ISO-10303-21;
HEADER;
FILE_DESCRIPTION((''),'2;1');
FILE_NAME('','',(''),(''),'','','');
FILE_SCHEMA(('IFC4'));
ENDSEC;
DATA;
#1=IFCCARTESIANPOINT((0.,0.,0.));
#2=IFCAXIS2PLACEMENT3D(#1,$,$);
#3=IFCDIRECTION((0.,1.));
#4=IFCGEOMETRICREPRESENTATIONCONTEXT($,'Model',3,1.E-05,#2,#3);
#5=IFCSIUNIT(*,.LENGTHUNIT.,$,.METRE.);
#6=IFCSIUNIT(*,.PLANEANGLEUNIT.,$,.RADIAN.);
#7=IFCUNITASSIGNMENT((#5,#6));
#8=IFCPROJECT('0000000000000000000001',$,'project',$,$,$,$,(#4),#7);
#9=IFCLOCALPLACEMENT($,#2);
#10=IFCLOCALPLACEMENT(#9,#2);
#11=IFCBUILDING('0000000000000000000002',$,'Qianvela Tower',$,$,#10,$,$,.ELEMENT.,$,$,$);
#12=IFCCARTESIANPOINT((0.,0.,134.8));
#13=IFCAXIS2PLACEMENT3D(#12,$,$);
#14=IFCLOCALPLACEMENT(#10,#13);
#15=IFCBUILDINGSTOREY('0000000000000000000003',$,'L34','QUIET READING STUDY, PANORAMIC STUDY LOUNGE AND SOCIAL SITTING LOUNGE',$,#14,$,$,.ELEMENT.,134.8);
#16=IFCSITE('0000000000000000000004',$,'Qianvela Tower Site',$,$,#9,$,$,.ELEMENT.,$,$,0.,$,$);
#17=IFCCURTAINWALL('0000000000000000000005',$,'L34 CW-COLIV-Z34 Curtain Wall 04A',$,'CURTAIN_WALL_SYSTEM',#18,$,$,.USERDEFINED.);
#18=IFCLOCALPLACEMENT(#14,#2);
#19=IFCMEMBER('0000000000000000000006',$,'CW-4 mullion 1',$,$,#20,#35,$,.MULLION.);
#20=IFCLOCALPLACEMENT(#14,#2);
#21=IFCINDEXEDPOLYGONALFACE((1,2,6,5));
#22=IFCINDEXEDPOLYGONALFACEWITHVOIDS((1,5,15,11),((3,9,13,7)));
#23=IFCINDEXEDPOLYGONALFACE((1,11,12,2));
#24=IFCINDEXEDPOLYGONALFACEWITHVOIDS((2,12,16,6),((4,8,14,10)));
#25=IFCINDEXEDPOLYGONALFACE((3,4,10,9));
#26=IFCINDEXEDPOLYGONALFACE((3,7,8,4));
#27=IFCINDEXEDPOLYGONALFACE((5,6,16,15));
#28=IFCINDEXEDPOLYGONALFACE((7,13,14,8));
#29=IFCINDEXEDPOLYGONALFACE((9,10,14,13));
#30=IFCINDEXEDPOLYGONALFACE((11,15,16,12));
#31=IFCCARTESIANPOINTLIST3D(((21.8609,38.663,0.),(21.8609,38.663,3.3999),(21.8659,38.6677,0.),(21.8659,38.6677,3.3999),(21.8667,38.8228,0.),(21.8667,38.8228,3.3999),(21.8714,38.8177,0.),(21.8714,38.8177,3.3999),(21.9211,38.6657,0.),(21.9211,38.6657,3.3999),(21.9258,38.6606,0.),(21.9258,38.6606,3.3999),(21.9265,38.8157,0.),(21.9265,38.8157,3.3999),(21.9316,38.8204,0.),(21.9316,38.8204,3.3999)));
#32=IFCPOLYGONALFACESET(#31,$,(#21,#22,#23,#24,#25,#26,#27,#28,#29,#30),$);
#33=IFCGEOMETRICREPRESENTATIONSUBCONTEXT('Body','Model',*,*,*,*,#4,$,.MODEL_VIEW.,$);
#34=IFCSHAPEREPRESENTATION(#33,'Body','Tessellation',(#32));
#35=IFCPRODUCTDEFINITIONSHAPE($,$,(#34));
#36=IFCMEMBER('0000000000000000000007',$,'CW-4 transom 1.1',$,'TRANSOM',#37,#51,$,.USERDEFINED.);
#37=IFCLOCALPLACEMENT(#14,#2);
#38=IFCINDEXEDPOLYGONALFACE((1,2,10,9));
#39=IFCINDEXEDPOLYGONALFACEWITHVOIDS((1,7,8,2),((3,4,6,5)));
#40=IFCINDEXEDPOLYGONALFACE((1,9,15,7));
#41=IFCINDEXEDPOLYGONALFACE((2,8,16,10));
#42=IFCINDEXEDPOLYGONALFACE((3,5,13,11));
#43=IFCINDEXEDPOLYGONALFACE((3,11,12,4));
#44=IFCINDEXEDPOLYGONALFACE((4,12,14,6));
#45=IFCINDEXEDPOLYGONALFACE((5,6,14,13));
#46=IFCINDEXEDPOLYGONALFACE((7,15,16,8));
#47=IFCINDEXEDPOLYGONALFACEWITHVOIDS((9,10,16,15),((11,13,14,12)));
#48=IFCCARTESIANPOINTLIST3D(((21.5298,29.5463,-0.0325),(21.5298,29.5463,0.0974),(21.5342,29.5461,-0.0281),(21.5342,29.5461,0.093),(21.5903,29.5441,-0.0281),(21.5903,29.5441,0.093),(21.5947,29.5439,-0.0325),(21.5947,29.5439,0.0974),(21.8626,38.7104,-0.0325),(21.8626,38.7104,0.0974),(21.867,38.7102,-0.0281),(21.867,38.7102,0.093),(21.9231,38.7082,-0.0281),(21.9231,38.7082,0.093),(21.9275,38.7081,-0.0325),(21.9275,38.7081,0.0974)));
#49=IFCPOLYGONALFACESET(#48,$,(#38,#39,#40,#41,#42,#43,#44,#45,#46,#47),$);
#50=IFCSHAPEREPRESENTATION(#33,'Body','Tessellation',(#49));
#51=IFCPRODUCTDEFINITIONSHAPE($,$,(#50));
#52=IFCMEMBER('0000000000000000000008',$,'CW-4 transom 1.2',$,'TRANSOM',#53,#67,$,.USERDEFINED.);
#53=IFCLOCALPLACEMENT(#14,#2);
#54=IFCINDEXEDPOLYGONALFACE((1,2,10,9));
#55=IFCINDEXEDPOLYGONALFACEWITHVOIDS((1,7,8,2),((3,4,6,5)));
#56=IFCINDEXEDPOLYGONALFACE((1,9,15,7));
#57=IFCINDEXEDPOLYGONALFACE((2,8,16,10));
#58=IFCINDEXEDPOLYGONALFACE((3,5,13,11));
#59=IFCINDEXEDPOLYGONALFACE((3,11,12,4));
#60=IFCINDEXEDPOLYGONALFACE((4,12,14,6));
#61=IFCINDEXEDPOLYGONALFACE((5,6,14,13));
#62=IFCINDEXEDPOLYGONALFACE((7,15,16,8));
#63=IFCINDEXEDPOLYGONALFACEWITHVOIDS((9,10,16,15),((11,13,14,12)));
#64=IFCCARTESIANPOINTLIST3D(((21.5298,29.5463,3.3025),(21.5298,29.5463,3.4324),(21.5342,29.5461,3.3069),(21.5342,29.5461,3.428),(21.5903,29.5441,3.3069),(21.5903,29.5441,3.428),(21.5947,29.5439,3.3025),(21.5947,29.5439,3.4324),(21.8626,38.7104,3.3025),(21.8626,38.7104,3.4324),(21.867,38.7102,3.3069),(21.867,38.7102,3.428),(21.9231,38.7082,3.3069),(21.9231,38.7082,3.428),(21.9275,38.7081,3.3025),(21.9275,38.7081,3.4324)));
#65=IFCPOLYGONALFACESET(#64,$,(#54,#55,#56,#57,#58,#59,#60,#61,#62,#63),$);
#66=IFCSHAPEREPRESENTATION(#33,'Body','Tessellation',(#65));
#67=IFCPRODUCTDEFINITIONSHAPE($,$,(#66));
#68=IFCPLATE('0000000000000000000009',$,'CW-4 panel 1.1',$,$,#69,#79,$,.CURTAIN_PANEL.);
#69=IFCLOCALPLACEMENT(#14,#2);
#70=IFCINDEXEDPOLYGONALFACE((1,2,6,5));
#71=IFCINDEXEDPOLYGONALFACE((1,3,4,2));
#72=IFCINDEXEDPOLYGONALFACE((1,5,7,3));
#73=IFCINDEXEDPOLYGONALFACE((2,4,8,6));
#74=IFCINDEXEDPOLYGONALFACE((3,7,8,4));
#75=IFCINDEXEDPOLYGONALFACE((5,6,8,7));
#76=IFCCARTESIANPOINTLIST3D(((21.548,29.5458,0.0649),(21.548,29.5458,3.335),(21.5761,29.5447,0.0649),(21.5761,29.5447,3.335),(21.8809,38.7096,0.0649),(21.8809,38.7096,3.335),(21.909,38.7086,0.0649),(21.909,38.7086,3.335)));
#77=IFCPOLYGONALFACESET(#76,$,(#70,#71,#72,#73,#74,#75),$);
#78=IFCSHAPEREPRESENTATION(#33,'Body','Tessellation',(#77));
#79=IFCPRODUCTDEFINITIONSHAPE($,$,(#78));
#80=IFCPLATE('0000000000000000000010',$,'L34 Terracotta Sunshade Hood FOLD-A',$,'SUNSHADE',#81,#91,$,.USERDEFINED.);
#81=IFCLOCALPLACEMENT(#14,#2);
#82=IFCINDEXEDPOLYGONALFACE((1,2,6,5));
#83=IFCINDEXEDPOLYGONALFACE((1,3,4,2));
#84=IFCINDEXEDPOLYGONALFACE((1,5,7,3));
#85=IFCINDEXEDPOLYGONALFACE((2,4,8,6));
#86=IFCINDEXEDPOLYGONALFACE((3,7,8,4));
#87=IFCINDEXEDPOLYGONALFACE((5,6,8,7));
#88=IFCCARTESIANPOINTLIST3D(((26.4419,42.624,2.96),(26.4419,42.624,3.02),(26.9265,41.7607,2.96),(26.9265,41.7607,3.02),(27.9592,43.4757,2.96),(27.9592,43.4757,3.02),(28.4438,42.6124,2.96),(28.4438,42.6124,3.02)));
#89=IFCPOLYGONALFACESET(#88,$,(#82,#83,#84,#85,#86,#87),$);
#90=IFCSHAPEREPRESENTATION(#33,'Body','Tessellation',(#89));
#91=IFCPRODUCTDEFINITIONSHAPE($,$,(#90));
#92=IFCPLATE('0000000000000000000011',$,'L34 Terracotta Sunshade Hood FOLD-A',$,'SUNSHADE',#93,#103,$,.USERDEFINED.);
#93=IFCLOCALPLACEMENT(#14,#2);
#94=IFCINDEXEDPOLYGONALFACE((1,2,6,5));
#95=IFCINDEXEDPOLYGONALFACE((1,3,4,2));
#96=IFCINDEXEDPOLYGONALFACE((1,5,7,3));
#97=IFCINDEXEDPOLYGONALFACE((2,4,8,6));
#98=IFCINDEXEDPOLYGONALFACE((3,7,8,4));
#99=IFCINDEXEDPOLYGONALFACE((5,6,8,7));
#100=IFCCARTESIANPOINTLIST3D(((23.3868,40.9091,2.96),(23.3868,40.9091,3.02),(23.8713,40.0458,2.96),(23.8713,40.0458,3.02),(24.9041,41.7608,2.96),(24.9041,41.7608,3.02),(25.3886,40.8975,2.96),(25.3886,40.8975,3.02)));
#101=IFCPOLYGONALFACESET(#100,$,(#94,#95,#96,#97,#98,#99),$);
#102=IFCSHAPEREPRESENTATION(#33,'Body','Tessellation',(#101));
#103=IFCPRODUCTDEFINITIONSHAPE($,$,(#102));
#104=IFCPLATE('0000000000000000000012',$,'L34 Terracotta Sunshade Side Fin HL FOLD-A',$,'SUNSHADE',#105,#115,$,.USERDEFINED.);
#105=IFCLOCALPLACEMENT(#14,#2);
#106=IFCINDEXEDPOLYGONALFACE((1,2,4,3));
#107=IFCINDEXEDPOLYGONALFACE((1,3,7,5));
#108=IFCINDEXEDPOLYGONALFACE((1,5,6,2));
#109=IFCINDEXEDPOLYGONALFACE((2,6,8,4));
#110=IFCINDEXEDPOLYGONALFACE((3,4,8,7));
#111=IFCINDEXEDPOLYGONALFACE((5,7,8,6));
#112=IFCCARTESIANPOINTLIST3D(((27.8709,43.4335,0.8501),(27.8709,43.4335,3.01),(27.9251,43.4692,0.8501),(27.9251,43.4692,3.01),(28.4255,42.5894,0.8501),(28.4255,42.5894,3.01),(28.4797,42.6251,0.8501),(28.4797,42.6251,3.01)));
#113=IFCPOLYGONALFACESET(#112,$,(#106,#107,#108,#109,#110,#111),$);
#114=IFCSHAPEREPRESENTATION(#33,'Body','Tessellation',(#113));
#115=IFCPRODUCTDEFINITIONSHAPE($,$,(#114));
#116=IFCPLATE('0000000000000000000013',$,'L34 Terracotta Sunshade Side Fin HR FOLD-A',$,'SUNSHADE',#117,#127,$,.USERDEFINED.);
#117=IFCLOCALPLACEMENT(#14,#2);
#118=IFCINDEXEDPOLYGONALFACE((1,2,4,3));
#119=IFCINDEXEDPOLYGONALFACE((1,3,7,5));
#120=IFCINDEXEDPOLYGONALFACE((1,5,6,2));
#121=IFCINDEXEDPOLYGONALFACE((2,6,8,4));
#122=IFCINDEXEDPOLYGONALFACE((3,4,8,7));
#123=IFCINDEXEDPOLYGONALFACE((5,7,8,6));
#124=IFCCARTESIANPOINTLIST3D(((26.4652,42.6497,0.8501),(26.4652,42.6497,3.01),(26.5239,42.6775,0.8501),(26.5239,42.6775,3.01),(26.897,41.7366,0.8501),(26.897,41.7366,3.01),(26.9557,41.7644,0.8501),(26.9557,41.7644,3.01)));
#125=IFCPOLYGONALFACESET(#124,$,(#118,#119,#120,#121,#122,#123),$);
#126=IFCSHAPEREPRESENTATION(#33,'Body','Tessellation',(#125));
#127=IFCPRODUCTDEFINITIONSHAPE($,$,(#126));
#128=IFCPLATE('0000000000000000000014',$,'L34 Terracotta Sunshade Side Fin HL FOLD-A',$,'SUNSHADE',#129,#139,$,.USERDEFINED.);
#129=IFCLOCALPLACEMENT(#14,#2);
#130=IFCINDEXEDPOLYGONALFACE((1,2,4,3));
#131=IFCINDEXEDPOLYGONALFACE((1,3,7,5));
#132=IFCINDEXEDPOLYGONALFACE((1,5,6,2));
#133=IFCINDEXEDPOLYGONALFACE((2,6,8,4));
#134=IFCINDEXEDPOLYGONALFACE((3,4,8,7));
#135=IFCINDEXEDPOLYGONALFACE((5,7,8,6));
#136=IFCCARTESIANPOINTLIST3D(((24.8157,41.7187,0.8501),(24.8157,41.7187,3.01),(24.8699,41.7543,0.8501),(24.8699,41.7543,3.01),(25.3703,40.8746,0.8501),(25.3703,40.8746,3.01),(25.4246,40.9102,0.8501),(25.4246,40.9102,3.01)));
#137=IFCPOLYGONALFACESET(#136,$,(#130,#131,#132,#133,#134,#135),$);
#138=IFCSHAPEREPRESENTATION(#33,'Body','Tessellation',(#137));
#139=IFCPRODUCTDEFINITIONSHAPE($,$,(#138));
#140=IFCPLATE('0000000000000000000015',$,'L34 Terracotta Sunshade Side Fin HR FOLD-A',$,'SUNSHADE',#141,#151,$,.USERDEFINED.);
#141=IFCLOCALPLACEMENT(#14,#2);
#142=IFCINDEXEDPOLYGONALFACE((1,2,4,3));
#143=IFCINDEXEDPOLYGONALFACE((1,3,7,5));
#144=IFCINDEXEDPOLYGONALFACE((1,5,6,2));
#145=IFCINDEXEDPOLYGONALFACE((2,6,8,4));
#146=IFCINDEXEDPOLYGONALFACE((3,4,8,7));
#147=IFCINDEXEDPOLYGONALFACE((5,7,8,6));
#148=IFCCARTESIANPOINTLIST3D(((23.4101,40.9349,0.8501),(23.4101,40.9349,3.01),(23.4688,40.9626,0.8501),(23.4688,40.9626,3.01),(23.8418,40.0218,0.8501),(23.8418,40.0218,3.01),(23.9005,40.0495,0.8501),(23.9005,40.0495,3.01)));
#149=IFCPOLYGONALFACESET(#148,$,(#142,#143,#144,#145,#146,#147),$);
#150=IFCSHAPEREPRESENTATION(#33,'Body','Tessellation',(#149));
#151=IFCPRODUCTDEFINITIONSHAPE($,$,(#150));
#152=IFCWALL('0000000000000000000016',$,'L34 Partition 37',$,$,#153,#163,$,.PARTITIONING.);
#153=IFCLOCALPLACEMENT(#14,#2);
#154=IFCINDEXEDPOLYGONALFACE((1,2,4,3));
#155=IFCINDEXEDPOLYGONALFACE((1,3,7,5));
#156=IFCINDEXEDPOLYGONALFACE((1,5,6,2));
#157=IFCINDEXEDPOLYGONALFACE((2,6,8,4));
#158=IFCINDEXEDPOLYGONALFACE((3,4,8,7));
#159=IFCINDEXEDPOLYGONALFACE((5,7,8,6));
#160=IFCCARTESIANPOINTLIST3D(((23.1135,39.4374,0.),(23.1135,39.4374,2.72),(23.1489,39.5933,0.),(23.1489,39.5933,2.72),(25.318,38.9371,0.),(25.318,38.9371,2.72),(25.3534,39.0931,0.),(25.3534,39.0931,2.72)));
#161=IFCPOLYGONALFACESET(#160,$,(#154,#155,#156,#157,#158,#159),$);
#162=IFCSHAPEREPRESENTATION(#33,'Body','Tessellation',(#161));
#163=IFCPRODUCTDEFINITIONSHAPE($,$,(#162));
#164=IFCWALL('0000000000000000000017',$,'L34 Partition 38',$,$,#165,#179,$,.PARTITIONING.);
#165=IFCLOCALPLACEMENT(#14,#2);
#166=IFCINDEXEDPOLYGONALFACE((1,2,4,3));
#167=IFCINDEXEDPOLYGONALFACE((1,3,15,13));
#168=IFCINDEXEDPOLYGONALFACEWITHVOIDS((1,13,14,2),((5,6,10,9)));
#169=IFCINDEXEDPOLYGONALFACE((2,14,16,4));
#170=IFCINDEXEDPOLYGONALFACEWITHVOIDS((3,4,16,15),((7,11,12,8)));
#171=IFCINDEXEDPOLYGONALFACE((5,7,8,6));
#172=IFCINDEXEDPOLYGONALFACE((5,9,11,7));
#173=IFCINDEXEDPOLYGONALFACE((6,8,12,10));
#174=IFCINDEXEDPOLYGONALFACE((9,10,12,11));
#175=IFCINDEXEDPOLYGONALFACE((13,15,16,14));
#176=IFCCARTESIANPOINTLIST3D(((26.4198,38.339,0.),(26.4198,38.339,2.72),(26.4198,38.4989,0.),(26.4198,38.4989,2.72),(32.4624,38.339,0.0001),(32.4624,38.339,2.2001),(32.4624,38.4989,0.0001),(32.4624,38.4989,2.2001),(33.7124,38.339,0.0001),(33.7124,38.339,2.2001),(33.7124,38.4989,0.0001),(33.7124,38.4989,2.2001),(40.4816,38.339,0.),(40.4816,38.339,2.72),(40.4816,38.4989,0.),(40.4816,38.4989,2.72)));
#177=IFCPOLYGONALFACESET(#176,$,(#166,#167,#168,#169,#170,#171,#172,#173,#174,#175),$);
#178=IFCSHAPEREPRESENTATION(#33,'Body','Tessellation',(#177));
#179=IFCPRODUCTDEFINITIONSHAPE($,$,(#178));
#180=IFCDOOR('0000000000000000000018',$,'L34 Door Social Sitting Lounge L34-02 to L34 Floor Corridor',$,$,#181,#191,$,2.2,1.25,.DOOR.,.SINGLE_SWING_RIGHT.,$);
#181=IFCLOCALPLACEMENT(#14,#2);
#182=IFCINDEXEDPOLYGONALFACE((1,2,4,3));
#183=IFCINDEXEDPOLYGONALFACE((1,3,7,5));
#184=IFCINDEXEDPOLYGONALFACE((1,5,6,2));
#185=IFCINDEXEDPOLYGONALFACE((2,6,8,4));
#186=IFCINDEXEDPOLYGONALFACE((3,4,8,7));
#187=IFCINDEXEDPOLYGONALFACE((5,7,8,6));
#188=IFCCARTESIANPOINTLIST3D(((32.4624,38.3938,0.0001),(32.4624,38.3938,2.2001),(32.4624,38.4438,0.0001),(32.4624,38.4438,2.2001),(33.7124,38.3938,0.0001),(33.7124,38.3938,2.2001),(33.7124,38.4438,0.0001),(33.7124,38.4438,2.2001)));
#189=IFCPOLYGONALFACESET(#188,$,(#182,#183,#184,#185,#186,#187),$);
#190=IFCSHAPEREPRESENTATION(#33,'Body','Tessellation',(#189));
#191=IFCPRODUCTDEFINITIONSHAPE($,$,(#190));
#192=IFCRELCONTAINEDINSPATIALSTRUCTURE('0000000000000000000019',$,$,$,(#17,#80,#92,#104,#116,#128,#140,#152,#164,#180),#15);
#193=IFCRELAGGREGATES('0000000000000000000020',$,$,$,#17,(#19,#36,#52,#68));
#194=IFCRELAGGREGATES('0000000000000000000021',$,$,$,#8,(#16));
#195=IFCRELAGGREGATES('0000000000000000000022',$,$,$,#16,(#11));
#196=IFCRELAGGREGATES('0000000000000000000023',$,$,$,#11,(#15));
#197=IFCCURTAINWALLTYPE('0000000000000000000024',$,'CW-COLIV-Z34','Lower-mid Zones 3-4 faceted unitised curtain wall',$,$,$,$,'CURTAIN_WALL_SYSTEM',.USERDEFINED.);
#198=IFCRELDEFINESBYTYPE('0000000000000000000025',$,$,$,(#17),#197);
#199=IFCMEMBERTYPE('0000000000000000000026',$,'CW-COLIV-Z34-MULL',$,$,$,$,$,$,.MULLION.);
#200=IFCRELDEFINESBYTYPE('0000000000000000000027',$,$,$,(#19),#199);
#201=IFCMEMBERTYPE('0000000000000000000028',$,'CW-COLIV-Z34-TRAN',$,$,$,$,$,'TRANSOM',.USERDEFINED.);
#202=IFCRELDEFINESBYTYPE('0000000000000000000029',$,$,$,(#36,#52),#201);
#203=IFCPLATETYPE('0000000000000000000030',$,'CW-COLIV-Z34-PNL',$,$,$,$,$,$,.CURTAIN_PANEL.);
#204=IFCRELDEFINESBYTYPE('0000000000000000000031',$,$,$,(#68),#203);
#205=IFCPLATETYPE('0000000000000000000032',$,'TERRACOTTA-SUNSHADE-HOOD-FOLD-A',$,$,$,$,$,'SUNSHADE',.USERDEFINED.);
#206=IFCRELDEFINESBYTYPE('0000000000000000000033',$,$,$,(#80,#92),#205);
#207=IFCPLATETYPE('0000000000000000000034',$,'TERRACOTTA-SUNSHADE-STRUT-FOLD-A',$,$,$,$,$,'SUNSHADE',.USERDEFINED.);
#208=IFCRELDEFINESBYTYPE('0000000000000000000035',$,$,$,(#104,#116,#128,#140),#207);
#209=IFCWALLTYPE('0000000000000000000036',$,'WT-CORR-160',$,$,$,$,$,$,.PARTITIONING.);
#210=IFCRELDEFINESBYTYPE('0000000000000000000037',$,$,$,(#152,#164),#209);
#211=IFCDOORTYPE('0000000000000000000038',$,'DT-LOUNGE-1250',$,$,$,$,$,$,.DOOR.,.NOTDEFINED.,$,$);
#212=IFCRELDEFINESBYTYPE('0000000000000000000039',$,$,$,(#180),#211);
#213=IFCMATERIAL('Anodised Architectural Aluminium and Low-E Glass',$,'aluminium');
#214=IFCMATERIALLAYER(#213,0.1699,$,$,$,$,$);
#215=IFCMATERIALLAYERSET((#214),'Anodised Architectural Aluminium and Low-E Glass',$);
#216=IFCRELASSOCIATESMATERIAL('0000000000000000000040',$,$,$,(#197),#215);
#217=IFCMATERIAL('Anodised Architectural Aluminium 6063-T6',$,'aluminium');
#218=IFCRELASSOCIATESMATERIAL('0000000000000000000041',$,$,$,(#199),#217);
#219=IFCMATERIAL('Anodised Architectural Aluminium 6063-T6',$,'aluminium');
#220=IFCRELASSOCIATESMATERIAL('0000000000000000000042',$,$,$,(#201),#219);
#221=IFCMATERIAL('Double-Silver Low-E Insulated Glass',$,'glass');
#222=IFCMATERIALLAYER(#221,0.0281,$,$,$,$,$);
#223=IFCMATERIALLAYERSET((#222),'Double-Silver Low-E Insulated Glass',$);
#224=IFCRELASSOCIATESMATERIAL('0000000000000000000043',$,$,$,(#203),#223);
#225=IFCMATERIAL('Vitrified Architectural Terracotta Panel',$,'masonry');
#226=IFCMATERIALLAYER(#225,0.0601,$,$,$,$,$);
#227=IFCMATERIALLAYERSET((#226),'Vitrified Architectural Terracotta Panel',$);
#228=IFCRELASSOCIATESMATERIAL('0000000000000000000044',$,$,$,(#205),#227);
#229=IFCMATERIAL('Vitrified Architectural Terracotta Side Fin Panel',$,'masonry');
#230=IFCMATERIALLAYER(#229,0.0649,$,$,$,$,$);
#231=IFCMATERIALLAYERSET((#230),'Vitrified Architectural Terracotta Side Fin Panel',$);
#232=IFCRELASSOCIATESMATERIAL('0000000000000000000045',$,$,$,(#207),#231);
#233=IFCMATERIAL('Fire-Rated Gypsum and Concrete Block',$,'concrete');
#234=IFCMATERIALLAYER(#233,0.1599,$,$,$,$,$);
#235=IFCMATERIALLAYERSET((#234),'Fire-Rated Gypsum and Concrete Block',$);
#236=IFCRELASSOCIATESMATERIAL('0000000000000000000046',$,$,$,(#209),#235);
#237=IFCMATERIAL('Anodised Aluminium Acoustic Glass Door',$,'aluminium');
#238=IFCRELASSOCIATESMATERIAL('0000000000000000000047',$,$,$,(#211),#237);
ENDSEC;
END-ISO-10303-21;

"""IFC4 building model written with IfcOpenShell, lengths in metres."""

from ifc_helpers import new_model, si_unit, direction, frame, frame_2d, origin, origin_2d, place, context, subcontext, project, spatial, rectangle, hollow_rectangle, extrude, material, layer, layer_set, material_profile, profile_set, type_object, element, fill, aggregate, save


model = new_model("IFC4")

# Units and contexts
model_context = context("Model", 3, precision=1e-05, world=origin(), true_north=direction((0.0, 1.0)))
body_context = subcontext(model_context, "Body", "Model", "MODEL_VIEW")
ifc_project = project(units=[si_unit("LENGTHUNIT", "METRE"), si_unit("PLANEANGLEUNIT", "RADIAN")], contexts=[model_context])

# Site, building, storey
site_placement = place(None, origin())
site = spatial("IfcSite", under=ifc_project, at=site_placement, Name="Qianvela Tower Site", CompositionType="ELEMENT", RefElevation=0.0)
building_placement = place(site_placement, origin())
building = spatial("IfcBuilding", under=site, at=building_placement, Name="Qianvela Tower", CompositionType="ELEMENT")
storey_placement = place(building_placement, frame((0.0, 0.0, 134.8)))
storey = spatial("IfcBuildingStorey", under=building, at=storey_placement, Name="L34", Description="QUIET READING STUDY, PANORAMIC STUDY LOUNGE AND SOCIAL SITTING LOUNGE", CompositionType="ELEMENT", Elevation=134.8)

# Curtain wall, members, plate
ifc_material_1 = material(Name="Anodised Architectural Aluminium and Low-E Glass", Category="aluminium")
ifc_layer_1 = layer(ifc_material_1, 0.1699)
ifc_layer_set_1 = layer_set([ifc_layer_1], Name="Anodised Architectural Aluminium and Low-E Glass")
curtain_wall_type = type_object("IfcCurtainWallType", Name="CW-COLIV-Z34", Description="Lower-mid Zones 3-4 faceted unitised curtain wall", ElementType="CURTAIN_WALL_SYSTEM", PredefinedType="USERDEFINED", material=ifc_layer_set_1)
curtain_wall_placement = place(storey_placement, origin())
curtain_wall = element("IfcCurtainWall", 1, at=curtain_wall_placement, inside=storey, type_object=curtain_wall_type, Name="L34 CW-COLIV-Z34 Curtain Wall 04A", ObjectType="CURTAIN_WALL_SYSTEM", PredefinedType="USERDEFINED")
ifc_material_2 = material(Name="Anodised Architectural Aluminium 6063-T6", Category="aluminium")
ifc_material_profile_1 = material_profile(ifc_material_2, hollow_rectangle(XDim=0.0649, YDim=0.1599, WallThickness=0.0049, at=origin_2d()), Name="ALU-MULL-65x160")
ifc_profile_set_1 = profile_set([ifc_material_profile_1], Name="Anodised Architectural Aluminium 6063-T6")
member_type_1 = type_object("IfcMemberType", Name="CW-COLIV-Z34-MULL", PredefinedType="MULLION", material=ifc_profile_set_1)
member_1_placement = place(storey_placement, frame((21.8962, 38.7417, 0.0), z_axis=(0.0, 0.0, 1.0), x_axis=(0.999341, -0.036301, 0.0)))
member_1 = element("IfcMember", 2, at=member_1_placement, type_object=member_type_1, Name="CW-4 mullion 1", PredefinedType="MULLION", context=body_context, shape_type="SweptSolid", body=[
    extrude(hollow_rectangle(XDim=0.0649, YDim=0.1599, WallThickness=0.0049, at=origin_2d()), origin(), (0.0, 0.0, 1.0), 3.3999),
])
ifc_material_3 = material(Name="Anodised Architectural Aluminium 6063-T6", Category="aluminium")
ifc_material_profile_2 = material_profile(ifc_material_3, hollow_rectangle(XDim=0.0649, YDim=0.1299, WallThickness=0.0044, at=origin_2d()), Name="ALU-TRAN-65x130")
ifc_profile_set_2 = profile_set([ifc_material_profile_2], Name="Anodised Architectural Aluminium 6063-T6")
member_type_2 = type_object("IfcMemberType", Name="CW-COLIV-Z34-TRAN", ElementType="TRANSOM", PredefinedType="USERDEFINED", material=ifc_profile_set_2)
member_2_placement = place(storey_placement, frame((21.895, 38.7092, 0.0325), z_axis=(-0.036288, -0.999341, 0.0), x_axis=(0.999341, -0.036288, 0.0)))
member_2 = element("IfcMember", 3, at=member_2_placement, type_object=member_type_2, Name="CW-4 transom 1.1", ObjectType="TRANSOM", PredefinedType="USERDEFINED", context=body_context, shape_type="SweptSolid", body=[
    extrude(hollow_rectangle(XDim=0.0649, YDim=0.1299, WallThickness=0.0044, at=origin_2d()), origin(), (0.0, 0.0, 1.0), 9.1702),
])
member_3_placement = place(storey_placement, frame((21.895, 38.7092, 3.3674), z_axis=(-0.036288, -0.999341, 0.0), x_axis=(0.999341, -0.036288, 0.0)))
member_3 = element("IfcMember", 4, at=member_3_placement, type_object=member_type_2, Name="CW-4 transom 1.2", ObjectType="TRANSOM", PredefinedType="USERDEFINED", context=body_context, shape_type="SweptSolid", body=[
    extrude(hollow_rectangle(XDim=0.0649, YDim=0.1299, WallThickness=0.0044, at=origin_2d()), origin(), (0.0, 0.0, 1.0), 9.1702),
])
ifc_material_4 = material(Name="Double-Silver Low-E Insulated Glass", Category="glass")
ifc_layer_2 = layer(ifc_material_4, 0.0281)
ifc_layer_set_2 = layer_set([ifc_layer_2], Name="Double-Silver Low-E Insulated Glass")
plate_type_1 = type_object("IfcPlateType", Name="CW-COLIV-Z34-PNL", PredefinedType="CURTAIN_PANEL", material=ifc_layer_set_2)
plate_placement = place(storey_placement, frame((21.7285, 34.1272, 0.0649), z_axis=(0.0, 0.0, 1.0), x_axis=(-0.036301, -0.999341, 0.0)))
plate = element("IfcPlate", 5, at=plate_placement, type_object=plate_type_1, Name="CW-4 panel 1.1", PredefinedType="CURTAIN_PANEL", context=body_context, shape_type="SweptSolid", body=[
    extrude(rectangle(XDim=9.1699, YDim=0.0281, at=origin_2d()), origin(), (0.0, 0.0, 1.0), 3.27),
])
aggregate(curtain_wall, [member_1, member_2, member_3, plate])

# Plates
ifc_material_5 = material(Name="Vitrified Architectural Terracotta Panel", Category="masonry")
ifc_layer_3 = layer(ifc_material_5, 0.0601)
ifc_layer_set_3 = layer_set([ifc_layer_3], Name="Vitrified Architectural Terracotta Panel")
plate_type_2 = type_object("IfcPlateType", Name="TERRACOTTA-SUNSHADE-HOOD-FOLD-A", ElementType="SUNSHADE", PredefinedType="USERDEFINED", material=ifc_layer_set_3)
for number, where, z_axis, x_axis, name in (
    (6, (27.4429, 42.6182, 2.96), (0.0, 0.0, 1.0), (-0.872016, -0.489477, 0.0), "L34 Terracotta Sunshade Hood FOLD-A"),
    (7, (24.3877, 40.9033, 2.96), (0.0, 0.0, 1.0), (-0.872016, -0.489477, 0.0), "L34 Terracotta Sunshade Hood FOLD-A"),
):
    element("IfcPlate", number, at=place(storey_placement, frame(where, z_axis=z_axis, x_axis=x_axis)), inside=storey, type_object=plate_type_2, Name=name, ObjectType="SUNSHADE", PredefinedType="USERDEFINED", context=body_context, shape_type="SweptSolid", body=[
        extrude(rectangle(XDim=1.74, YDim=0.99, at=origin_2d()), origin(), (0.0, 0.0, 1.0), 0.0601),
    ])
ifc_material_6 = material(Name="Vitrified Architectural Terracotta Side Fin Panel", Category="masonry")
ifc_layer_4 = layer(ifc_material_6, 0.0649)
ifc_layer_set_4 = layer_set([ifc_layer_4], Name="Vitrified Architectural Terracotta Side Fin Panel")
plate_type_3 = type_object("IfcPlateType", Name="TERRACOTTA-SUNSHADE-STRUT-FOLD-A", ElementType="SUNSHADE", PredefinedType="USERDEFINED", material=ifc_layer_set_4)
for number, where, z_axis, x_axis, name in (
    (8, (28.1753, 43.0293, 0.8501), (0.0, 0.0, 1.0), (-0.835748, -0.549113, 0.0), "L34 Terracotta Sunshade Side Fin HL FOLD-A"),
    (9, (26.7104, 42.207, 0.8501), (0.0, 0.0, 1.0), (-0.904036, -0.427456, 0.0), "L34 Terracotta Sunshade Side Fin HR FOLD-A"),
    (10, (25.1201, 41.3145, 0.8501), (0.0, 0.0, 1.0), (-0.835748, -0.549113, 0.0), "L34 Terracotta Sunshade Side Fin HL FOLD-A"),
    (11, (23.6553, 40.4922, 0.8501), (0.0, 0.0, 1.0), (-0.904036, -0.427456, 0.0), "L34 Terracotta Sunshade Side Fin HR FOLD-A"),
):
    element("IfcPlate", number, at=place(storey_placement, frame(where, z_axis=z_axis, x_axis=x_axis)), inside=storey, type_object=plate_type_3, Name=name, ObjectType="SUNSHADE", PredefinedType="USERDEFINED", context=body_context, shape_type="SweptSolid", body=[
        extrude(rectangle(XDim=0.0649, YDim=1.01, at=origin_2d()), origin(), (0.0, 0.0, 1.0), 2.1599),
    ])

# Wall
ifc_material_7 = material(Name="Fire-Rated Gypsum and Concrete Block", Category="concrete")
ifc_layer_5 = layer(ifc_material_7, 0.1599)
ifc_layer_set_5 = layer_set([ifc_layer_5], Name="Fire-Rated Gypsum and Concrete Block")
wall_type_1 = type_object("IfcWallType", Name="WT-CORR-160", PredefinedType="PARTITIONING", material=ifc_layer_set_5)
wall_1_placement = place(storey_placement, frame((23.1311, 39.5154, 0.0), z_axis=(0.0, 0.0, 1.0), x_axis=(0.975204, -0.221308, 0.0)))
element("IfcWall", 12, at=wall_1_placement, inside=storey, type_object=wall_type_1, Name="L34 Partition 37", PredefinedType="PARTITIONING", context=body_context, shape_type="SweptSolid", body=[
    extrude(rectangle(XDim=2.2605, YDim=0.1599, at=frame_2d((1.1304, 0.0))), origin(), (0.0, 0.0, 1.0), 2.72),
])

# Wall, opening, door
wall_2_placement = place(storey_placement, frame((26.4199, 38.4189, 0.0), z_axis=(0.0, 0.0, 1.0), x_axis=(1.0, 0.0, 0.0)))
wall_2 = element("IfcWall", 13, at=wall_2_placement, inside=storey, type_object=wall_type_1, Name="L34 Partition 38", PredefinedType="PARTITIONING", context=body_context, shape_type="SweptSolid", body=[
    extrude(rectangle(XDim=14.0618, YDim=0.1599, at=frame_2d((7.0308, 0.0))), origin(), (0.0, 0.0, 1.0), 2.72),
])
opening_placement = place(wall_2_placement, frame((6.0425, 0.0, 0.0)))
opening = element("IfcOpeningElement", 14, at=opening_placement, cuts=wall_2, PredefinedType="OPENING", context=body_context, shape_type="SweptSolid", body=[
    extrude(rectangle(XDim=1.25, YDim=2.2, at=frame_2d((0.625, 1.1001))), frame((0.0, 0.0898, 0.0), z_axis=(0.0, -1.0, 0.0), x_axis=(1.0, 0.0, 0.0)), (0.0, 0.0, 1.0), 0.1799),
])
ifc_material_8 = material(Name="Anodised Aluminium Acoustic Glass Door", Category="aluminium")
door_type = type_object("IfcDoorType", Name="DT-LOUNGE-1250", OperationType="NOTDEFINED", PredefinedType="DOOR", material=ifc_material_8)
door_placement = place(opening_placement, origin())
door = element("IfcDoor", 15, at=door_placement, inside=storey, type_object=door_type, Name="L34 Door Social Sitting Lounge L34-02 to L34 Floor Corridor", OperationType="SINGLE_SWING_RIGHT", OverallHeight=2.2, OverallWidth=1.25, PredefinedType="DOOR", context=body_context, shape_type="SweptSolid", body=[
    extrude(rectangle(XDim=1.25, YDim=2.2, at=frame_2d((0.625, 1.1001))), frame((0.0, 0.0249, 0.0), z_axis=(0.0, -1.0, 0.0), x_axis=(1.0, 0.0, 0.0)), (0.0, 0.0, 1.0), 0.05),
])
fill(opening, door)

save(model, "model.ifc")
